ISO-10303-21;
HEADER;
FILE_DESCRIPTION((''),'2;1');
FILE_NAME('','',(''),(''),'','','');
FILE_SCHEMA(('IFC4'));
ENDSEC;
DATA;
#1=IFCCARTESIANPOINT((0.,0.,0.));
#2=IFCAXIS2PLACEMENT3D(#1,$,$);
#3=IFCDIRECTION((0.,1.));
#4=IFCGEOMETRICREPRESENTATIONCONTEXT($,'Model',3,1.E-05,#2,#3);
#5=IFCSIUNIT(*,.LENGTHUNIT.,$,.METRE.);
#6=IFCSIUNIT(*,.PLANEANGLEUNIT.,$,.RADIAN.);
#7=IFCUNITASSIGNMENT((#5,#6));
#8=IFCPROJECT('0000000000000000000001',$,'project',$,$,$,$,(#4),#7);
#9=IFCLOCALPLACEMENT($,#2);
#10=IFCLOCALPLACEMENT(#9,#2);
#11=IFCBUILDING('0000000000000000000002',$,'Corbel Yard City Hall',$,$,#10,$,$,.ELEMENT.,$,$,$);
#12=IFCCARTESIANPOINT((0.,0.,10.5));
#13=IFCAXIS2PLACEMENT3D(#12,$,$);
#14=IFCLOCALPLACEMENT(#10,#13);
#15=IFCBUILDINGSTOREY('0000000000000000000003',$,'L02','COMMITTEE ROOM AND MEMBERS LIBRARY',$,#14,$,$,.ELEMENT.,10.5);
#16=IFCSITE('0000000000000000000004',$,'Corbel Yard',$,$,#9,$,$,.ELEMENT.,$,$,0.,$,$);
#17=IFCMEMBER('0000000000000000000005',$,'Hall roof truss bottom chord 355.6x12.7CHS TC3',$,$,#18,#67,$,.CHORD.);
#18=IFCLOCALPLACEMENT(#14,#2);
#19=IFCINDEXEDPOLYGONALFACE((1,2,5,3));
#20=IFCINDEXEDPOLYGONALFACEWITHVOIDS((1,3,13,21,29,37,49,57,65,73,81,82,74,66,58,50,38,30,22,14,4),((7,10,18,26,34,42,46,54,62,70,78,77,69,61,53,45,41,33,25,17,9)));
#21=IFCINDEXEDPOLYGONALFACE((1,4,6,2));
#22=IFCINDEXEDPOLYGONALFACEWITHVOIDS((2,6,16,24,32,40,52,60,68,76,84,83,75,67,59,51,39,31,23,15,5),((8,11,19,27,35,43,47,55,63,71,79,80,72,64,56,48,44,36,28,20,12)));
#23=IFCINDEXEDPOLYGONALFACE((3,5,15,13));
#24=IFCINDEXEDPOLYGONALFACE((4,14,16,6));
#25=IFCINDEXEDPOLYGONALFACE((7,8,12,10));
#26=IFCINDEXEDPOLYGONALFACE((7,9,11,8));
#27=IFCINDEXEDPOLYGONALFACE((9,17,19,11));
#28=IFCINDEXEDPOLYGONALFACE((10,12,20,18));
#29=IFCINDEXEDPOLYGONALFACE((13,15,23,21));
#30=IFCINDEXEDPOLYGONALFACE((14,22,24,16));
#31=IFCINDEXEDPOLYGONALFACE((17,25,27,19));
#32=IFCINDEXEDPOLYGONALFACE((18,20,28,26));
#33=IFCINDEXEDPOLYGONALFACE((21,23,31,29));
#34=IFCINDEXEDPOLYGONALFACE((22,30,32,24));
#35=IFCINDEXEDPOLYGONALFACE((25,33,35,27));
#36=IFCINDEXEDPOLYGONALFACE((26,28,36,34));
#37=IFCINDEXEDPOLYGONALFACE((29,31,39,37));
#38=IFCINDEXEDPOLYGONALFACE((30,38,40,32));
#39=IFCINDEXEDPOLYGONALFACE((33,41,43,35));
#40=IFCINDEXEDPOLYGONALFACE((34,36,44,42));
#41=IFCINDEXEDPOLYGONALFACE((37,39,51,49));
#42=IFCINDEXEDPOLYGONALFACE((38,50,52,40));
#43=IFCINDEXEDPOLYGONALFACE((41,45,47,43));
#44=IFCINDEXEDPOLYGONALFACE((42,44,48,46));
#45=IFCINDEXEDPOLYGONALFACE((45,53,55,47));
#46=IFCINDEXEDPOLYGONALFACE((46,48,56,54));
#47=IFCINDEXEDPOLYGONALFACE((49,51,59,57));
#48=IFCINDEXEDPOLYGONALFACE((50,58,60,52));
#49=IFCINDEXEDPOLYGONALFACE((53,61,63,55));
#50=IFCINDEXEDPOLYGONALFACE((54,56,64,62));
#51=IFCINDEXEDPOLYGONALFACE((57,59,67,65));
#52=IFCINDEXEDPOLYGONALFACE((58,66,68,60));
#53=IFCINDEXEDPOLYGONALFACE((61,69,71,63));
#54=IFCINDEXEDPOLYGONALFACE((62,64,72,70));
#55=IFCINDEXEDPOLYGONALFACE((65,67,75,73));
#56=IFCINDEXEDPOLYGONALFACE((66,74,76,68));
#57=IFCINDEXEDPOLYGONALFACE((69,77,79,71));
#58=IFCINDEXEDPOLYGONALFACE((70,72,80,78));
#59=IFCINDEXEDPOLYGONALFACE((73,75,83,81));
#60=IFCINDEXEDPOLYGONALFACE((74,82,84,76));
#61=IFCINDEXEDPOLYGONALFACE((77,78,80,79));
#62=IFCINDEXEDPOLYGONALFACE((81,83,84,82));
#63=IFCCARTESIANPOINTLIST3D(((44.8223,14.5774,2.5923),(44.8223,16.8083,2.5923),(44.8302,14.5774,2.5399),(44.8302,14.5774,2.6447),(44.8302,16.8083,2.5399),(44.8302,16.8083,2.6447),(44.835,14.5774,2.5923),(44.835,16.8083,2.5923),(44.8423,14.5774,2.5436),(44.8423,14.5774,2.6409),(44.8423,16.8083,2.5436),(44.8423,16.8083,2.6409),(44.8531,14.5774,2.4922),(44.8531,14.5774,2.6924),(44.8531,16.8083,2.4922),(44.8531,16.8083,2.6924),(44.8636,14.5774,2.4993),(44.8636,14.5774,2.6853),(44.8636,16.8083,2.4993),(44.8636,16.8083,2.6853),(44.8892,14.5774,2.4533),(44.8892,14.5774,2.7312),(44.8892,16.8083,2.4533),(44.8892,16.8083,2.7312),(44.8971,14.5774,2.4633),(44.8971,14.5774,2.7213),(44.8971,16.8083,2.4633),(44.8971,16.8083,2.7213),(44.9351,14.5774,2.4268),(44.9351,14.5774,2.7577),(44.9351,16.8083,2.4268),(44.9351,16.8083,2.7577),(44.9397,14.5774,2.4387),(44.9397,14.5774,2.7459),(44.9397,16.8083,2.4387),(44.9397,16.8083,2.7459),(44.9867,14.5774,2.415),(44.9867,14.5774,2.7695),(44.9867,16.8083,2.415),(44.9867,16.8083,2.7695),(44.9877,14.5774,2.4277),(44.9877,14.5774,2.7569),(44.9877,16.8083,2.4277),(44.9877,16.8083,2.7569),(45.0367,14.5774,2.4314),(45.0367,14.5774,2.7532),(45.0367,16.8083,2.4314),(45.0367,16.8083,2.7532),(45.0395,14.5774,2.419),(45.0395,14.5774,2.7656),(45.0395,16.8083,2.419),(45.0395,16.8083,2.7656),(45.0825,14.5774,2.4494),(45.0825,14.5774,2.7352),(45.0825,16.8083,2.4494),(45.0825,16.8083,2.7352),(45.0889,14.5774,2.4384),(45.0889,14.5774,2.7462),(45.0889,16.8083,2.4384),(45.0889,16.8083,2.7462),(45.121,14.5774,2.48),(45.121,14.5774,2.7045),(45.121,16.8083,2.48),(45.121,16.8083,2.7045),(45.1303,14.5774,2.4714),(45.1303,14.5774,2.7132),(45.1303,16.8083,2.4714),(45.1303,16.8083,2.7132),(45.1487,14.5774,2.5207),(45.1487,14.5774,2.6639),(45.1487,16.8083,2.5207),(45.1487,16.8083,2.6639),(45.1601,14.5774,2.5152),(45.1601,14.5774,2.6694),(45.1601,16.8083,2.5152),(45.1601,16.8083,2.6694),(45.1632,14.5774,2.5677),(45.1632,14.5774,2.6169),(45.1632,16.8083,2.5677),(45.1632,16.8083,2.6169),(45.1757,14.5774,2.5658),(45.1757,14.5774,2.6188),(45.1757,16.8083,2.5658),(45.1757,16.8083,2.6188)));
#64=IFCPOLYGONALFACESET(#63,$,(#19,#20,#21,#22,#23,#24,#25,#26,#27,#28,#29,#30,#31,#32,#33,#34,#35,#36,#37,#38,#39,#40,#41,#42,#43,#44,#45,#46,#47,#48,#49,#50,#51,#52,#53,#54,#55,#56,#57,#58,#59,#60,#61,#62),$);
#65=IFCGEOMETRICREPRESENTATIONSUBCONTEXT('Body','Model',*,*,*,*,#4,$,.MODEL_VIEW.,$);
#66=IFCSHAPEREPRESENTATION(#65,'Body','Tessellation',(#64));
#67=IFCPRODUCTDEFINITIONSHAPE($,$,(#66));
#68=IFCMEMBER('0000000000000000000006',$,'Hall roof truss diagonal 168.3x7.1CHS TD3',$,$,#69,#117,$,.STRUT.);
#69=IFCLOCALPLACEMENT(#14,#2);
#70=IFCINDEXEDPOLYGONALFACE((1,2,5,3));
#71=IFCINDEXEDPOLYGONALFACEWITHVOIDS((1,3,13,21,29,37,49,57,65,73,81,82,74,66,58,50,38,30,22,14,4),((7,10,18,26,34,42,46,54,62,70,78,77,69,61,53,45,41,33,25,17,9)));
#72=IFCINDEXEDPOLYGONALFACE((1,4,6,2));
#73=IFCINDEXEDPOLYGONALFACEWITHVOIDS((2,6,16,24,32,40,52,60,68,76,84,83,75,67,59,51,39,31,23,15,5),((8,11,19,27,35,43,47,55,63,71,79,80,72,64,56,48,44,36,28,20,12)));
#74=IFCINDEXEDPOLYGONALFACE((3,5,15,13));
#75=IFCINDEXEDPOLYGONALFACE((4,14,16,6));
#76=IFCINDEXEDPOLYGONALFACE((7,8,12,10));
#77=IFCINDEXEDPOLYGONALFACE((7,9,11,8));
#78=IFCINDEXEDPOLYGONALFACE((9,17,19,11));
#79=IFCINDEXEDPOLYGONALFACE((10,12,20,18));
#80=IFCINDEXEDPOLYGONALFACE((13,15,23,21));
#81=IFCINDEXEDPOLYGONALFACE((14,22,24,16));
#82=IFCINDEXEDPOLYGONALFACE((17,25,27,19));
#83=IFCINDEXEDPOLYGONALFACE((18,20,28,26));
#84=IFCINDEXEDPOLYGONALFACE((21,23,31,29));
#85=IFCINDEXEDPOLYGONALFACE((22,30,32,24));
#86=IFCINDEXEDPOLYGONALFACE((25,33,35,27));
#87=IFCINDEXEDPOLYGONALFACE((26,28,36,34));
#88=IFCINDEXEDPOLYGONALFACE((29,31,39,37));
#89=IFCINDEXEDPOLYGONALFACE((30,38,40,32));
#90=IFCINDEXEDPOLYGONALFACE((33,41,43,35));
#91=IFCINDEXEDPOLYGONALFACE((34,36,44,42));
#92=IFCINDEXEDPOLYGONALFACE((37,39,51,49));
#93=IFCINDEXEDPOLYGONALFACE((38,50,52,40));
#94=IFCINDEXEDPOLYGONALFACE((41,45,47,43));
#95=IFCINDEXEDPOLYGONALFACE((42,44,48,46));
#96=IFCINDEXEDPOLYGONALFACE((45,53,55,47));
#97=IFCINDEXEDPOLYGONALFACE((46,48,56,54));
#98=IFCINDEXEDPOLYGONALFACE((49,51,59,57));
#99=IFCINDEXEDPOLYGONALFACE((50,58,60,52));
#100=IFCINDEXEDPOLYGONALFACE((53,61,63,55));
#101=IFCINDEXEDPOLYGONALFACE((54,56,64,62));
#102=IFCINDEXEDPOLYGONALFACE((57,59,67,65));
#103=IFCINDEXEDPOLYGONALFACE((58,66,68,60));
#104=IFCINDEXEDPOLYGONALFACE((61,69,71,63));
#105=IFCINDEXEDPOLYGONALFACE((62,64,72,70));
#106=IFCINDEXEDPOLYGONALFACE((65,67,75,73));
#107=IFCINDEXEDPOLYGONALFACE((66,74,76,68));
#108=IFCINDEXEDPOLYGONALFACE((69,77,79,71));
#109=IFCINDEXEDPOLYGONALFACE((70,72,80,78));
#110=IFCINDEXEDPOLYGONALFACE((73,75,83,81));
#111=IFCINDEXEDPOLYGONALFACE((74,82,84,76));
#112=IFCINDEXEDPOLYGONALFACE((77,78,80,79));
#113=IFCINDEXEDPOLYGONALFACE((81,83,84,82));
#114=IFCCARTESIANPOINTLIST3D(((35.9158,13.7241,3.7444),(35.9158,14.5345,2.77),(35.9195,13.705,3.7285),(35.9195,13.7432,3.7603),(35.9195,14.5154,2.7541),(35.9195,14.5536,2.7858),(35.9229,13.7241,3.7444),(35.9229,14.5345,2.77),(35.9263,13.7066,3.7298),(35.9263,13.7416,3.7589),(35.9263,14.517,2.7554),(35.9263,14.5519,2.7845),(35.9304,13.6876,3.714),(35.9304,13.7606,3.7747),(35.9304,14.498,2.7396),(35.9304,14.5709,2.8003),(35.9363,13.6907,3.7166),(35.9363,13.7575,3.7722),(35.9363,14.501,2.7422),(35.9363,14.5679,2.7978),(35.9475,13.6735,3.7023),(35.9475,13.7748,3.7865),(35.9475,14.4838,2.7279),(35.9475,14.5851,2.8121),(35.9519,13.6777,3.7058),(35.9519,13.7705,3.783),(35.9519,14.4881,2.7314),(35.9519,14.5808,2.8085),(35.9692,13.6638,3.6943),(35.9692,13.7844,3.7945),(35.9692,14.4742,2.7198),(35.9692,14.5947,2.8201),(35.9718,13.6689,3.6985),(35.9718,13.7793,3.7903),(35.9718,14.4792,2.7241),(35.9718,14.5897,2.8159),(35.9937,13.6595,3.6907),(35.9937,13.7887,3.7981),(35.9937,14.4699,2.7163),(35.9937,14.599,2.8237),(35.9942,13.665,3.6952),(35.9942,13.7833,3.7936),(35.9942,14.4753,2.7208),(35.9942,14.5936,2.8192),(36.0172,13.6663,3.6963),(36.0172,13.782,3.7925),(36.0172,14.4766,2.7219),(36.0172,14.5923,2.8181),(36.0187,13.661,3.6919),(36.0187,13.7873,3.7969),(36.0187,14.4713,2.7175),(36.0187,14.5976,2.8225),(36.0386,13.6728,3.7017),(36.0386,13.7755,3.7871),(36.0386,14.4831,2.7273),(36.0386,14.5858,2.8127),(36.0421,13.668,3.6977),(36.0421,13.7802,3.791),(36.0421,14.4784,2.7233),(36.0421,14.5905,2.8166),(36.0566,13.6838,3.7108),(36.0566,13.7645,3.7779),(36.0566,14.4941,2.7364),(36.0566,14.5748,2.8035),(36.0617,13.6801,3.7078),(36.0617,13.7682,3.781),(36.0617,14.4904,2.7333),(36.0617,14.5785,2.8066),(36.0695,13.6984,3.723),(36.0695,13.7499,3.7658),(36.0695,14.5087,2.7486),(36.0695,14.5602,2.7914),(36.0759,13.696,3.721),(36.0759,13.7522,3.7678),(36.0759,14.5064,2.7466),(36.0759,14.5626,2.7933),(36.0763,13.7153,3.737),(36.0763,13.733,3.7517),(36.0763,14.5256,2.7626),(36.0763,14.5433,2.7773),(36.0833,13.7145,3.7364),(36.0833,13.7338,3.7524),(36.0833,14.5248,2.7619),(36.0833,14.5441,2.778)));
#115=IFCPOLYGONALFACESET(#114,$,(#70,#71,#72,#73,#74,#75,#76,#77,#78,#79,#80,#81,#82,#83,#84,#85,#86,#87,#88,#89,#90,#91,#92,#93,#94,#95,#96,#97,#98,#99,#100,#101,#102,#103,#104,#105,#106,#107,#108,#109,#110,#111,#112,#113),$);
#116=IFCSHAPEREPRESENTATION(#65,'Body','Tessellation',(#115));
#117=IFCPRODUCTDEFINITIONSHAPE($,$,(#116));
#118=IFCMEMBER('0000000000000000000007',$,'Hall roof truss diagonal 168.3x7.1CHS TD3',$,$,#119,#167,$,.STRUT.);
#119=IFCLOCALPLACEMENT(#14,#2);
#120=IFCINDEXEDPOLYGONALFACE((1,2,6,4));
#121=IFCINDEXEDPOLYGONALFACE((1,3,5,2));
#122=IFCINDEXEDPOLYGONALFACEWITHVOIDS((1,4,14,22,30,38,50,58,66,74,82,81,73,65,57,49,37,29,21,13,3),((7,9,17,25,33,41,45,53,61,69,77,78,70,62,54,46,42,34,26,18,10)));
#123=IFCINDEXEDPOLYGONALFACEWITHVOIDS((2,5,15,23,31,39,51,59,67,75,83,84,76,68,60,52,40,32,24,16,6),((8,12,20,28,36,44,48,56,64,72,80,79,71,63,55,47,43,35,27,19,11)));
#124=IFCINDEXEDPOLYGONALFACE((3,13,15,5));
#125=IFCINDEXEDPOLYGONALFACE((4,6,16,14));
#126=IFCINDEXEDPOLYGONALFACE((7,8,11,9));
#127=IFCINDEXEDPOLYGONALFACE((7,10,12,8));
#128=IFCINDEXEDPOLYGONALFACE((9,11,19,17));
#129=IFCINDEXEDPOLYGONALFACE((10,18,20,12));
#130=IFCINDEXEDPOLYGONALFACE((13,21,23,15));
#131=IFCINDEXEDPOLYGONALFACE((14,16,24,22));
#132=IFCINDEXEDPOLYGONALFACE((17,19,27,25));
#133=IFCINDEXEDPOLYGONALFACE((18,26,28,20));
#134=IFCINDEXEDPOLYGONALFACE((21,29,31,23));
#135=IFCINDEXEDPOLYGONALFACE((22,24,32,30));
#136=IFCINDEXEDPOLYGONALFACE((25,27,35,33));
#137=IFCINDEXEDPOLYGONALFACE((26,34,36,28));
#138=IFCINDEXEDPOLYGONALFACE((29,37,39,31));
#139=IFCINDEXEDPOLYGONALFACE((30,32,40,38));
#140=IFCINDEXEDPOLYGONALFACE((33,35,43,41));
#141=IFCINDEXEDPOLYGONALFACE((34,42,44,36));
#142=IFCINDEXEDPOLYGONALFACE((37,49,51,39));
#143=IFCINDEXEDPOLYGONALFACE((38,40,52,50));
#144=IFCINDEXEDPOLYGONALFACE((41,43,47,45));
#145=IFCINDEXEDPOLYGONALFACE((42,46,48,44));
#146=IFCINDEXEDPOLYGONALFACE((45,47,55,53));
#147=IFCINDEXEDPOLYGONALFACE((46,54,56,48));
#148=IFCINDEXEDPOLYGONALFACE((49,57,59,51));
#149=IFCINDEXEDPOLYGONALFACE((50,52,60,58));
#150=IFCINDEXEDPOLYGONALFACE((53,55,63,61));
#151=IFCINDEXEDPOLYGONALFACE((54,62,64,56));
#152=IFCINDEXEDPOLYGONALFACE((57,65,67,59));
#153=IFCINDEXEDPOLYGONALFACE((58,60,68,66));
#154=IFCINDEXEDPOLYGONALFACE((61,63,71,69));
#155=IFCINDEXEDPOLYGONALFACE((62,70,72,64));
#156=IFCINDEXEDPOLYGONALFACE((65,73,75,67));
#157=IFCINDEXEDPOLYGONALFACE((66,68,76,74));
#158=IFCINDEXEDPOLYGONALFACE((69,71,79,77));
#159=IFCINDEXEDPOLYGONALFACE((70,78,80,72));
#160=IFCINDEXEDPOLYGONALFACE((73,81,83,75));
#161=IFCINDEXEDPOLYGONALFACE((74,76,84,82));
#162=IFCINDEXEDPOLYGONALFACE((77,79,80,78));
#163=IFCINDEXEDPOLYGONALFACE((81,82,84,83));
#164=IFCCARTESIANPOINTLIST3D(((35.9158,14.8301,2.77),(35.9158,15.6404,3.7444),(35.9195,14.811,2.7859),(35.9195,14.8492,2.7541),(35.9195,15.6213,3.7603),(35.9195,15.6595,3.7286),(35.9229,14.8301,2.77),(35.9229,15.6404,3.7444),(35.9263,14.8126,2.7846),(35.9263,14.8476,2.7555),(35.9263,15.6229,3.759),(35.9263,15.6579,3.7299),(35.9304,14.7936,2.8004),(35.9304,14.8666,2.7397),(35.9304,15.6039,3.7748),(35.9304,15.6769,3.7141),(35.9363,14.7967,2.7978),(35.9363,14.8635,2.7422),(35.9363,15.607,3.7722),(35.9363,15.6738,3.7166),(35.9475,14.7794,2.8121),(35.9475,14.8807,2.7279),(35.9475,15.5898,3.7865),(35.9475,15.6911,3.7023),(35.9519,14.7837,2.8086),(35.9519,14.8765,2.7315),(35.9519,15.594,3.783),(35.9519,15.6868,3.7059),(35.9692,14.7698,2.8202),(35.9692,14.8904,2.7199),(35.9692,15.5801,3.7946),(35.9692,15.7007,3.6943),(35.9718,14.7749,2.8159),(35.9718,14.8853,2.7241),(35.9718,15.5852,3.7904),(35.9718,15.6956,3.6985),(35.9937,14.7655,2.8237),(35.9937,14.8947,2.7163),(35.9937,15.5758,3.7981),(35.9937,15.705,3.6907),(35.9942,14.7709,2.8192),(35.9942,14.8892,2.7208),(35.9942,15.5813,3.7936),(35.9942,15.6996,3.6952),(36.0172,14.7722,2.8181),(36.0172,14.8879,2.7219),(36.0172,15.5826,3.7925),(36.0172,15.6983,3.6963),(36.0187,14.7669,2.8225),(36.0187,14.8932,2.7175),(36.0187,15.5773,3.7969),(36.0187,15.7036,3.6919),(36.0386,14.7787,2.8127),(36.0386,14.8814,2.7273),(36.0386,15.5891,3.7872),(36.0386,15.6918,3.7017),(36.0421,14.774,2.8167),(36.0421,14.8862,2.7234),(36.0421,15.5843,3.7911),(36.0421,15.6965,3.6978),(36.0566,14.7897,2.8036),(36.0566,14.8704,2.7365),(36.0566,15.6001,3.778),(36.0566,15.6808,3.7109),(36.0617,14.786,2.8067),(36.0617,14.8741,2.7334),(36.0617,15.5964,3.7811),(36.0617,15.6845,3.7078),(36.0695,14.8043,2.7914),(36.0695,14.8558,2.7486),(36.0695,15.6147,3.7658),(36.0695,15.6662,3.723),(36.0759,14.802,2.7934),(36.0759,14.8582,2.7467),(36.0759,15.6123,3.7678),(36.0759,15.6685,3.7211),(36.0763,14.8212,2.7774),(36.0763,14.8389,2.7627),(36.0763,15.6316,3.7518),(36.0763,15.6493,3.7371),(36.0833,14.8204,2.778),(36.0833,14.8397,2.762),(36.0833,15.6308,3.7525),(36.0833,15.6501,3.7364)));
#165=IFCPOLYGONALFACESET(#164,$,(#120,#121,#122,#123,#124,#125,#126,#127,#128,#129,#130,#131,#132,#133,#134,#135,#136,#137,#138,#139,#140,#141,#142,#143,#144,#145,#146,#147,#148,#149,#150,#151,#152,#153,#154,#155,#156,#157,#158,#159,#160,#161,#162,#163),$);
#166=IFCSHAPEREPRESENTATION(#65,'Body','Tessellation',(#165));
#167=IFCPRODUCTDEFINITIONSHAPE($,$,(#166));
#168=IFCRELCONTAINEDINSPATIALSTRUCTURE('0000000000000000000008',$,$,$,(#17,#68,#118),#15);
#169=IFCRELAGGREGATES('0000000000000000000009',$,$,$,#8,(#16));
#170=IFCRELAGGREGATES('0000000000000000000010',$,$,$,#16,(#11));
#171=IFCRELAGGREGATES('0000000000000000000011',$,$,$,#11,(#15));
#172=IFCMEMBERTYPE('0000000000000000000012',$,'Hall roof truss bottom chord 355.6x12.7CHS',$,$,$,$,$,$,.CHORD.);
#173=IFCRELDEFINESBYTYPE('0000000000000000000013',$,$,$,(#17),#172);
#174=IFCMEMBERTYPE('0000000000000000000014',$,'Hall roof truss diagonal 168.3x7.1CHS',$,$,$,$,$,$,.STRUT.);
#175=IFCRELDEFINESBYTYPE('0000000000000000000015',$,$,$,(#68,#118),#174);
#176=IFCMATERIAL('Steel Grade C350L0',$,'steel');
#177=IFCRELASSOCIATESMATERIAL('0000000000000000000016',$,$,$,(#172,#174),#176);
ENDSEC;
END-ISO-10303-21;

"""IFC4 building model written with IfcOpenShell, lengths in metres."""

from ifc_helpers import new_model, si_unit, direction, frame, origin, origin_2d, place, context, subcontext, project, spatial, hollow_circle, extrude, material, material_profile, profile_set, type_object, element, save


model = new_model("IFC4")

# Units and contexts
model_context = context("Model", 3, precision=1e-05, world=origin(), true_north=direction((0.0, 1.0)))
body_context = subcontext(model_context, "Body", "Model", "MODEL_VIEW")
ifc_project = project(units=[si_unit("LENGTHUNIT", "METRE"), si_unit("PLANEANGLEUNIT", "RADIAN")], contexts=[model_context])

# Site, building, storey
site_placement = place(None, origin())
site = spatial("IfcSite", under=ifc_project, at=site_placement, Name="Corbel Yard", CompositionType="ELEMENT", RefElevation=0.0)
building_placement = place(site_placement, origin())
building = spatial("IfcBuilding", under=site, at=building_placement, Name="Corbel Yard City Hall", CompositionType="ELEMENT")
storey_placement = place(building_placement, frame((0.0, 0.0, 10.5)))
storey = spatial("IfcBuildingStorey", under=building, at=storey_placement, Name="L02", Description="COMMITTEE ROOM AND MEMBERS LIBRARY", CompositionType="ELEMENT", Elevation=10.5)

# Members
ifc_material_1 = material(Name="Steel Grade C350L0", Category="steel")
ifc_material_profile_1 = material_profile(ifc_material_1, hollow_circle(Radius=0.1777, WallThickness=0.0127, at=origin_2d()), Name="355.6x12.7CHS")
ifc_profile_set_1 = profile_set([ifc_material_profile_1], Name="Steel Grade C350L0")
member_type_1 = type_object("IfcMemberType", Name="Hall roof truss bottom chord 355.6x12.7CHS", PredefinedType="CHORD", material=ifc_profile_set_1)
member_1_placement = place(storey_placement, frame((45.0, 14.5774, 2.5923), z_axis=(0.0, 1.0, 0.0), x_axis=(-1.0, 0.0, 0.0)))
element("IfcMember", 1, at=member_1_placement, inside=storey, type_object=member_type_1, Name="Hall roof truss bottom chord 355.6x12.7CHS TC3", PredefinedType="CHORD", context=body_context, shape_type="SweptSolid", body=[
    extrude(hollow_circle(Radius=0.1777, WallThickness=0.0127, at=origin_2d()), origin(), (0.0, 0.0, 1.0), 2.231),
])
ifc_material_profile_2 = material_profile(ifc_material_1, hollow_circle(Radius=0.0842, WallThickness=0.0071, at=origin_2d()), Name="168.3x7.1CHS")
ifc_profile_set_2 = profile_set([ifc_material_profile_2], Name="Steel Grade C350L0")
member_type_2 = type_object("IfcMemberType", Name="Hall roof truss diagonal 168.3x7.1CHS", PredefinedType="STRUT", material=ifc_profile_set_2)
for number, where, z_axis, x_axis, name in (
    (2, (36.0, 13.7241, 3.7444), (0.0, 0.639407, -0.768868), (-1.0, 0.0, 0.0), "Hall roof truss diagonal 168.3x7.1CHS TD3"),
    (3, (36.0, 14.8301, 2.77), (0.0, 0.639407, 0.768868), (-1.0, 0.0, 0.0), "Hall roof truss diagonal 168.3x7.1CHS TD3"),
):
    element("IfcMember", number, at=place(storey_placement, frame(where, z_axis=z_axis, x_axis=x_axis)), inside=storey, type_object=member_type_2, Name=name, PredefinedType="STRUT", context=body_context, shape_type="SweptSolid", body=[
        extrude(hollow_circle(Radius=0.0842, WallThickness=0.0071, at=origin_2d()), origin(), (0.0, 0.0, 1.0), 1.2673),
    ])

save(model, "model.ifc")
